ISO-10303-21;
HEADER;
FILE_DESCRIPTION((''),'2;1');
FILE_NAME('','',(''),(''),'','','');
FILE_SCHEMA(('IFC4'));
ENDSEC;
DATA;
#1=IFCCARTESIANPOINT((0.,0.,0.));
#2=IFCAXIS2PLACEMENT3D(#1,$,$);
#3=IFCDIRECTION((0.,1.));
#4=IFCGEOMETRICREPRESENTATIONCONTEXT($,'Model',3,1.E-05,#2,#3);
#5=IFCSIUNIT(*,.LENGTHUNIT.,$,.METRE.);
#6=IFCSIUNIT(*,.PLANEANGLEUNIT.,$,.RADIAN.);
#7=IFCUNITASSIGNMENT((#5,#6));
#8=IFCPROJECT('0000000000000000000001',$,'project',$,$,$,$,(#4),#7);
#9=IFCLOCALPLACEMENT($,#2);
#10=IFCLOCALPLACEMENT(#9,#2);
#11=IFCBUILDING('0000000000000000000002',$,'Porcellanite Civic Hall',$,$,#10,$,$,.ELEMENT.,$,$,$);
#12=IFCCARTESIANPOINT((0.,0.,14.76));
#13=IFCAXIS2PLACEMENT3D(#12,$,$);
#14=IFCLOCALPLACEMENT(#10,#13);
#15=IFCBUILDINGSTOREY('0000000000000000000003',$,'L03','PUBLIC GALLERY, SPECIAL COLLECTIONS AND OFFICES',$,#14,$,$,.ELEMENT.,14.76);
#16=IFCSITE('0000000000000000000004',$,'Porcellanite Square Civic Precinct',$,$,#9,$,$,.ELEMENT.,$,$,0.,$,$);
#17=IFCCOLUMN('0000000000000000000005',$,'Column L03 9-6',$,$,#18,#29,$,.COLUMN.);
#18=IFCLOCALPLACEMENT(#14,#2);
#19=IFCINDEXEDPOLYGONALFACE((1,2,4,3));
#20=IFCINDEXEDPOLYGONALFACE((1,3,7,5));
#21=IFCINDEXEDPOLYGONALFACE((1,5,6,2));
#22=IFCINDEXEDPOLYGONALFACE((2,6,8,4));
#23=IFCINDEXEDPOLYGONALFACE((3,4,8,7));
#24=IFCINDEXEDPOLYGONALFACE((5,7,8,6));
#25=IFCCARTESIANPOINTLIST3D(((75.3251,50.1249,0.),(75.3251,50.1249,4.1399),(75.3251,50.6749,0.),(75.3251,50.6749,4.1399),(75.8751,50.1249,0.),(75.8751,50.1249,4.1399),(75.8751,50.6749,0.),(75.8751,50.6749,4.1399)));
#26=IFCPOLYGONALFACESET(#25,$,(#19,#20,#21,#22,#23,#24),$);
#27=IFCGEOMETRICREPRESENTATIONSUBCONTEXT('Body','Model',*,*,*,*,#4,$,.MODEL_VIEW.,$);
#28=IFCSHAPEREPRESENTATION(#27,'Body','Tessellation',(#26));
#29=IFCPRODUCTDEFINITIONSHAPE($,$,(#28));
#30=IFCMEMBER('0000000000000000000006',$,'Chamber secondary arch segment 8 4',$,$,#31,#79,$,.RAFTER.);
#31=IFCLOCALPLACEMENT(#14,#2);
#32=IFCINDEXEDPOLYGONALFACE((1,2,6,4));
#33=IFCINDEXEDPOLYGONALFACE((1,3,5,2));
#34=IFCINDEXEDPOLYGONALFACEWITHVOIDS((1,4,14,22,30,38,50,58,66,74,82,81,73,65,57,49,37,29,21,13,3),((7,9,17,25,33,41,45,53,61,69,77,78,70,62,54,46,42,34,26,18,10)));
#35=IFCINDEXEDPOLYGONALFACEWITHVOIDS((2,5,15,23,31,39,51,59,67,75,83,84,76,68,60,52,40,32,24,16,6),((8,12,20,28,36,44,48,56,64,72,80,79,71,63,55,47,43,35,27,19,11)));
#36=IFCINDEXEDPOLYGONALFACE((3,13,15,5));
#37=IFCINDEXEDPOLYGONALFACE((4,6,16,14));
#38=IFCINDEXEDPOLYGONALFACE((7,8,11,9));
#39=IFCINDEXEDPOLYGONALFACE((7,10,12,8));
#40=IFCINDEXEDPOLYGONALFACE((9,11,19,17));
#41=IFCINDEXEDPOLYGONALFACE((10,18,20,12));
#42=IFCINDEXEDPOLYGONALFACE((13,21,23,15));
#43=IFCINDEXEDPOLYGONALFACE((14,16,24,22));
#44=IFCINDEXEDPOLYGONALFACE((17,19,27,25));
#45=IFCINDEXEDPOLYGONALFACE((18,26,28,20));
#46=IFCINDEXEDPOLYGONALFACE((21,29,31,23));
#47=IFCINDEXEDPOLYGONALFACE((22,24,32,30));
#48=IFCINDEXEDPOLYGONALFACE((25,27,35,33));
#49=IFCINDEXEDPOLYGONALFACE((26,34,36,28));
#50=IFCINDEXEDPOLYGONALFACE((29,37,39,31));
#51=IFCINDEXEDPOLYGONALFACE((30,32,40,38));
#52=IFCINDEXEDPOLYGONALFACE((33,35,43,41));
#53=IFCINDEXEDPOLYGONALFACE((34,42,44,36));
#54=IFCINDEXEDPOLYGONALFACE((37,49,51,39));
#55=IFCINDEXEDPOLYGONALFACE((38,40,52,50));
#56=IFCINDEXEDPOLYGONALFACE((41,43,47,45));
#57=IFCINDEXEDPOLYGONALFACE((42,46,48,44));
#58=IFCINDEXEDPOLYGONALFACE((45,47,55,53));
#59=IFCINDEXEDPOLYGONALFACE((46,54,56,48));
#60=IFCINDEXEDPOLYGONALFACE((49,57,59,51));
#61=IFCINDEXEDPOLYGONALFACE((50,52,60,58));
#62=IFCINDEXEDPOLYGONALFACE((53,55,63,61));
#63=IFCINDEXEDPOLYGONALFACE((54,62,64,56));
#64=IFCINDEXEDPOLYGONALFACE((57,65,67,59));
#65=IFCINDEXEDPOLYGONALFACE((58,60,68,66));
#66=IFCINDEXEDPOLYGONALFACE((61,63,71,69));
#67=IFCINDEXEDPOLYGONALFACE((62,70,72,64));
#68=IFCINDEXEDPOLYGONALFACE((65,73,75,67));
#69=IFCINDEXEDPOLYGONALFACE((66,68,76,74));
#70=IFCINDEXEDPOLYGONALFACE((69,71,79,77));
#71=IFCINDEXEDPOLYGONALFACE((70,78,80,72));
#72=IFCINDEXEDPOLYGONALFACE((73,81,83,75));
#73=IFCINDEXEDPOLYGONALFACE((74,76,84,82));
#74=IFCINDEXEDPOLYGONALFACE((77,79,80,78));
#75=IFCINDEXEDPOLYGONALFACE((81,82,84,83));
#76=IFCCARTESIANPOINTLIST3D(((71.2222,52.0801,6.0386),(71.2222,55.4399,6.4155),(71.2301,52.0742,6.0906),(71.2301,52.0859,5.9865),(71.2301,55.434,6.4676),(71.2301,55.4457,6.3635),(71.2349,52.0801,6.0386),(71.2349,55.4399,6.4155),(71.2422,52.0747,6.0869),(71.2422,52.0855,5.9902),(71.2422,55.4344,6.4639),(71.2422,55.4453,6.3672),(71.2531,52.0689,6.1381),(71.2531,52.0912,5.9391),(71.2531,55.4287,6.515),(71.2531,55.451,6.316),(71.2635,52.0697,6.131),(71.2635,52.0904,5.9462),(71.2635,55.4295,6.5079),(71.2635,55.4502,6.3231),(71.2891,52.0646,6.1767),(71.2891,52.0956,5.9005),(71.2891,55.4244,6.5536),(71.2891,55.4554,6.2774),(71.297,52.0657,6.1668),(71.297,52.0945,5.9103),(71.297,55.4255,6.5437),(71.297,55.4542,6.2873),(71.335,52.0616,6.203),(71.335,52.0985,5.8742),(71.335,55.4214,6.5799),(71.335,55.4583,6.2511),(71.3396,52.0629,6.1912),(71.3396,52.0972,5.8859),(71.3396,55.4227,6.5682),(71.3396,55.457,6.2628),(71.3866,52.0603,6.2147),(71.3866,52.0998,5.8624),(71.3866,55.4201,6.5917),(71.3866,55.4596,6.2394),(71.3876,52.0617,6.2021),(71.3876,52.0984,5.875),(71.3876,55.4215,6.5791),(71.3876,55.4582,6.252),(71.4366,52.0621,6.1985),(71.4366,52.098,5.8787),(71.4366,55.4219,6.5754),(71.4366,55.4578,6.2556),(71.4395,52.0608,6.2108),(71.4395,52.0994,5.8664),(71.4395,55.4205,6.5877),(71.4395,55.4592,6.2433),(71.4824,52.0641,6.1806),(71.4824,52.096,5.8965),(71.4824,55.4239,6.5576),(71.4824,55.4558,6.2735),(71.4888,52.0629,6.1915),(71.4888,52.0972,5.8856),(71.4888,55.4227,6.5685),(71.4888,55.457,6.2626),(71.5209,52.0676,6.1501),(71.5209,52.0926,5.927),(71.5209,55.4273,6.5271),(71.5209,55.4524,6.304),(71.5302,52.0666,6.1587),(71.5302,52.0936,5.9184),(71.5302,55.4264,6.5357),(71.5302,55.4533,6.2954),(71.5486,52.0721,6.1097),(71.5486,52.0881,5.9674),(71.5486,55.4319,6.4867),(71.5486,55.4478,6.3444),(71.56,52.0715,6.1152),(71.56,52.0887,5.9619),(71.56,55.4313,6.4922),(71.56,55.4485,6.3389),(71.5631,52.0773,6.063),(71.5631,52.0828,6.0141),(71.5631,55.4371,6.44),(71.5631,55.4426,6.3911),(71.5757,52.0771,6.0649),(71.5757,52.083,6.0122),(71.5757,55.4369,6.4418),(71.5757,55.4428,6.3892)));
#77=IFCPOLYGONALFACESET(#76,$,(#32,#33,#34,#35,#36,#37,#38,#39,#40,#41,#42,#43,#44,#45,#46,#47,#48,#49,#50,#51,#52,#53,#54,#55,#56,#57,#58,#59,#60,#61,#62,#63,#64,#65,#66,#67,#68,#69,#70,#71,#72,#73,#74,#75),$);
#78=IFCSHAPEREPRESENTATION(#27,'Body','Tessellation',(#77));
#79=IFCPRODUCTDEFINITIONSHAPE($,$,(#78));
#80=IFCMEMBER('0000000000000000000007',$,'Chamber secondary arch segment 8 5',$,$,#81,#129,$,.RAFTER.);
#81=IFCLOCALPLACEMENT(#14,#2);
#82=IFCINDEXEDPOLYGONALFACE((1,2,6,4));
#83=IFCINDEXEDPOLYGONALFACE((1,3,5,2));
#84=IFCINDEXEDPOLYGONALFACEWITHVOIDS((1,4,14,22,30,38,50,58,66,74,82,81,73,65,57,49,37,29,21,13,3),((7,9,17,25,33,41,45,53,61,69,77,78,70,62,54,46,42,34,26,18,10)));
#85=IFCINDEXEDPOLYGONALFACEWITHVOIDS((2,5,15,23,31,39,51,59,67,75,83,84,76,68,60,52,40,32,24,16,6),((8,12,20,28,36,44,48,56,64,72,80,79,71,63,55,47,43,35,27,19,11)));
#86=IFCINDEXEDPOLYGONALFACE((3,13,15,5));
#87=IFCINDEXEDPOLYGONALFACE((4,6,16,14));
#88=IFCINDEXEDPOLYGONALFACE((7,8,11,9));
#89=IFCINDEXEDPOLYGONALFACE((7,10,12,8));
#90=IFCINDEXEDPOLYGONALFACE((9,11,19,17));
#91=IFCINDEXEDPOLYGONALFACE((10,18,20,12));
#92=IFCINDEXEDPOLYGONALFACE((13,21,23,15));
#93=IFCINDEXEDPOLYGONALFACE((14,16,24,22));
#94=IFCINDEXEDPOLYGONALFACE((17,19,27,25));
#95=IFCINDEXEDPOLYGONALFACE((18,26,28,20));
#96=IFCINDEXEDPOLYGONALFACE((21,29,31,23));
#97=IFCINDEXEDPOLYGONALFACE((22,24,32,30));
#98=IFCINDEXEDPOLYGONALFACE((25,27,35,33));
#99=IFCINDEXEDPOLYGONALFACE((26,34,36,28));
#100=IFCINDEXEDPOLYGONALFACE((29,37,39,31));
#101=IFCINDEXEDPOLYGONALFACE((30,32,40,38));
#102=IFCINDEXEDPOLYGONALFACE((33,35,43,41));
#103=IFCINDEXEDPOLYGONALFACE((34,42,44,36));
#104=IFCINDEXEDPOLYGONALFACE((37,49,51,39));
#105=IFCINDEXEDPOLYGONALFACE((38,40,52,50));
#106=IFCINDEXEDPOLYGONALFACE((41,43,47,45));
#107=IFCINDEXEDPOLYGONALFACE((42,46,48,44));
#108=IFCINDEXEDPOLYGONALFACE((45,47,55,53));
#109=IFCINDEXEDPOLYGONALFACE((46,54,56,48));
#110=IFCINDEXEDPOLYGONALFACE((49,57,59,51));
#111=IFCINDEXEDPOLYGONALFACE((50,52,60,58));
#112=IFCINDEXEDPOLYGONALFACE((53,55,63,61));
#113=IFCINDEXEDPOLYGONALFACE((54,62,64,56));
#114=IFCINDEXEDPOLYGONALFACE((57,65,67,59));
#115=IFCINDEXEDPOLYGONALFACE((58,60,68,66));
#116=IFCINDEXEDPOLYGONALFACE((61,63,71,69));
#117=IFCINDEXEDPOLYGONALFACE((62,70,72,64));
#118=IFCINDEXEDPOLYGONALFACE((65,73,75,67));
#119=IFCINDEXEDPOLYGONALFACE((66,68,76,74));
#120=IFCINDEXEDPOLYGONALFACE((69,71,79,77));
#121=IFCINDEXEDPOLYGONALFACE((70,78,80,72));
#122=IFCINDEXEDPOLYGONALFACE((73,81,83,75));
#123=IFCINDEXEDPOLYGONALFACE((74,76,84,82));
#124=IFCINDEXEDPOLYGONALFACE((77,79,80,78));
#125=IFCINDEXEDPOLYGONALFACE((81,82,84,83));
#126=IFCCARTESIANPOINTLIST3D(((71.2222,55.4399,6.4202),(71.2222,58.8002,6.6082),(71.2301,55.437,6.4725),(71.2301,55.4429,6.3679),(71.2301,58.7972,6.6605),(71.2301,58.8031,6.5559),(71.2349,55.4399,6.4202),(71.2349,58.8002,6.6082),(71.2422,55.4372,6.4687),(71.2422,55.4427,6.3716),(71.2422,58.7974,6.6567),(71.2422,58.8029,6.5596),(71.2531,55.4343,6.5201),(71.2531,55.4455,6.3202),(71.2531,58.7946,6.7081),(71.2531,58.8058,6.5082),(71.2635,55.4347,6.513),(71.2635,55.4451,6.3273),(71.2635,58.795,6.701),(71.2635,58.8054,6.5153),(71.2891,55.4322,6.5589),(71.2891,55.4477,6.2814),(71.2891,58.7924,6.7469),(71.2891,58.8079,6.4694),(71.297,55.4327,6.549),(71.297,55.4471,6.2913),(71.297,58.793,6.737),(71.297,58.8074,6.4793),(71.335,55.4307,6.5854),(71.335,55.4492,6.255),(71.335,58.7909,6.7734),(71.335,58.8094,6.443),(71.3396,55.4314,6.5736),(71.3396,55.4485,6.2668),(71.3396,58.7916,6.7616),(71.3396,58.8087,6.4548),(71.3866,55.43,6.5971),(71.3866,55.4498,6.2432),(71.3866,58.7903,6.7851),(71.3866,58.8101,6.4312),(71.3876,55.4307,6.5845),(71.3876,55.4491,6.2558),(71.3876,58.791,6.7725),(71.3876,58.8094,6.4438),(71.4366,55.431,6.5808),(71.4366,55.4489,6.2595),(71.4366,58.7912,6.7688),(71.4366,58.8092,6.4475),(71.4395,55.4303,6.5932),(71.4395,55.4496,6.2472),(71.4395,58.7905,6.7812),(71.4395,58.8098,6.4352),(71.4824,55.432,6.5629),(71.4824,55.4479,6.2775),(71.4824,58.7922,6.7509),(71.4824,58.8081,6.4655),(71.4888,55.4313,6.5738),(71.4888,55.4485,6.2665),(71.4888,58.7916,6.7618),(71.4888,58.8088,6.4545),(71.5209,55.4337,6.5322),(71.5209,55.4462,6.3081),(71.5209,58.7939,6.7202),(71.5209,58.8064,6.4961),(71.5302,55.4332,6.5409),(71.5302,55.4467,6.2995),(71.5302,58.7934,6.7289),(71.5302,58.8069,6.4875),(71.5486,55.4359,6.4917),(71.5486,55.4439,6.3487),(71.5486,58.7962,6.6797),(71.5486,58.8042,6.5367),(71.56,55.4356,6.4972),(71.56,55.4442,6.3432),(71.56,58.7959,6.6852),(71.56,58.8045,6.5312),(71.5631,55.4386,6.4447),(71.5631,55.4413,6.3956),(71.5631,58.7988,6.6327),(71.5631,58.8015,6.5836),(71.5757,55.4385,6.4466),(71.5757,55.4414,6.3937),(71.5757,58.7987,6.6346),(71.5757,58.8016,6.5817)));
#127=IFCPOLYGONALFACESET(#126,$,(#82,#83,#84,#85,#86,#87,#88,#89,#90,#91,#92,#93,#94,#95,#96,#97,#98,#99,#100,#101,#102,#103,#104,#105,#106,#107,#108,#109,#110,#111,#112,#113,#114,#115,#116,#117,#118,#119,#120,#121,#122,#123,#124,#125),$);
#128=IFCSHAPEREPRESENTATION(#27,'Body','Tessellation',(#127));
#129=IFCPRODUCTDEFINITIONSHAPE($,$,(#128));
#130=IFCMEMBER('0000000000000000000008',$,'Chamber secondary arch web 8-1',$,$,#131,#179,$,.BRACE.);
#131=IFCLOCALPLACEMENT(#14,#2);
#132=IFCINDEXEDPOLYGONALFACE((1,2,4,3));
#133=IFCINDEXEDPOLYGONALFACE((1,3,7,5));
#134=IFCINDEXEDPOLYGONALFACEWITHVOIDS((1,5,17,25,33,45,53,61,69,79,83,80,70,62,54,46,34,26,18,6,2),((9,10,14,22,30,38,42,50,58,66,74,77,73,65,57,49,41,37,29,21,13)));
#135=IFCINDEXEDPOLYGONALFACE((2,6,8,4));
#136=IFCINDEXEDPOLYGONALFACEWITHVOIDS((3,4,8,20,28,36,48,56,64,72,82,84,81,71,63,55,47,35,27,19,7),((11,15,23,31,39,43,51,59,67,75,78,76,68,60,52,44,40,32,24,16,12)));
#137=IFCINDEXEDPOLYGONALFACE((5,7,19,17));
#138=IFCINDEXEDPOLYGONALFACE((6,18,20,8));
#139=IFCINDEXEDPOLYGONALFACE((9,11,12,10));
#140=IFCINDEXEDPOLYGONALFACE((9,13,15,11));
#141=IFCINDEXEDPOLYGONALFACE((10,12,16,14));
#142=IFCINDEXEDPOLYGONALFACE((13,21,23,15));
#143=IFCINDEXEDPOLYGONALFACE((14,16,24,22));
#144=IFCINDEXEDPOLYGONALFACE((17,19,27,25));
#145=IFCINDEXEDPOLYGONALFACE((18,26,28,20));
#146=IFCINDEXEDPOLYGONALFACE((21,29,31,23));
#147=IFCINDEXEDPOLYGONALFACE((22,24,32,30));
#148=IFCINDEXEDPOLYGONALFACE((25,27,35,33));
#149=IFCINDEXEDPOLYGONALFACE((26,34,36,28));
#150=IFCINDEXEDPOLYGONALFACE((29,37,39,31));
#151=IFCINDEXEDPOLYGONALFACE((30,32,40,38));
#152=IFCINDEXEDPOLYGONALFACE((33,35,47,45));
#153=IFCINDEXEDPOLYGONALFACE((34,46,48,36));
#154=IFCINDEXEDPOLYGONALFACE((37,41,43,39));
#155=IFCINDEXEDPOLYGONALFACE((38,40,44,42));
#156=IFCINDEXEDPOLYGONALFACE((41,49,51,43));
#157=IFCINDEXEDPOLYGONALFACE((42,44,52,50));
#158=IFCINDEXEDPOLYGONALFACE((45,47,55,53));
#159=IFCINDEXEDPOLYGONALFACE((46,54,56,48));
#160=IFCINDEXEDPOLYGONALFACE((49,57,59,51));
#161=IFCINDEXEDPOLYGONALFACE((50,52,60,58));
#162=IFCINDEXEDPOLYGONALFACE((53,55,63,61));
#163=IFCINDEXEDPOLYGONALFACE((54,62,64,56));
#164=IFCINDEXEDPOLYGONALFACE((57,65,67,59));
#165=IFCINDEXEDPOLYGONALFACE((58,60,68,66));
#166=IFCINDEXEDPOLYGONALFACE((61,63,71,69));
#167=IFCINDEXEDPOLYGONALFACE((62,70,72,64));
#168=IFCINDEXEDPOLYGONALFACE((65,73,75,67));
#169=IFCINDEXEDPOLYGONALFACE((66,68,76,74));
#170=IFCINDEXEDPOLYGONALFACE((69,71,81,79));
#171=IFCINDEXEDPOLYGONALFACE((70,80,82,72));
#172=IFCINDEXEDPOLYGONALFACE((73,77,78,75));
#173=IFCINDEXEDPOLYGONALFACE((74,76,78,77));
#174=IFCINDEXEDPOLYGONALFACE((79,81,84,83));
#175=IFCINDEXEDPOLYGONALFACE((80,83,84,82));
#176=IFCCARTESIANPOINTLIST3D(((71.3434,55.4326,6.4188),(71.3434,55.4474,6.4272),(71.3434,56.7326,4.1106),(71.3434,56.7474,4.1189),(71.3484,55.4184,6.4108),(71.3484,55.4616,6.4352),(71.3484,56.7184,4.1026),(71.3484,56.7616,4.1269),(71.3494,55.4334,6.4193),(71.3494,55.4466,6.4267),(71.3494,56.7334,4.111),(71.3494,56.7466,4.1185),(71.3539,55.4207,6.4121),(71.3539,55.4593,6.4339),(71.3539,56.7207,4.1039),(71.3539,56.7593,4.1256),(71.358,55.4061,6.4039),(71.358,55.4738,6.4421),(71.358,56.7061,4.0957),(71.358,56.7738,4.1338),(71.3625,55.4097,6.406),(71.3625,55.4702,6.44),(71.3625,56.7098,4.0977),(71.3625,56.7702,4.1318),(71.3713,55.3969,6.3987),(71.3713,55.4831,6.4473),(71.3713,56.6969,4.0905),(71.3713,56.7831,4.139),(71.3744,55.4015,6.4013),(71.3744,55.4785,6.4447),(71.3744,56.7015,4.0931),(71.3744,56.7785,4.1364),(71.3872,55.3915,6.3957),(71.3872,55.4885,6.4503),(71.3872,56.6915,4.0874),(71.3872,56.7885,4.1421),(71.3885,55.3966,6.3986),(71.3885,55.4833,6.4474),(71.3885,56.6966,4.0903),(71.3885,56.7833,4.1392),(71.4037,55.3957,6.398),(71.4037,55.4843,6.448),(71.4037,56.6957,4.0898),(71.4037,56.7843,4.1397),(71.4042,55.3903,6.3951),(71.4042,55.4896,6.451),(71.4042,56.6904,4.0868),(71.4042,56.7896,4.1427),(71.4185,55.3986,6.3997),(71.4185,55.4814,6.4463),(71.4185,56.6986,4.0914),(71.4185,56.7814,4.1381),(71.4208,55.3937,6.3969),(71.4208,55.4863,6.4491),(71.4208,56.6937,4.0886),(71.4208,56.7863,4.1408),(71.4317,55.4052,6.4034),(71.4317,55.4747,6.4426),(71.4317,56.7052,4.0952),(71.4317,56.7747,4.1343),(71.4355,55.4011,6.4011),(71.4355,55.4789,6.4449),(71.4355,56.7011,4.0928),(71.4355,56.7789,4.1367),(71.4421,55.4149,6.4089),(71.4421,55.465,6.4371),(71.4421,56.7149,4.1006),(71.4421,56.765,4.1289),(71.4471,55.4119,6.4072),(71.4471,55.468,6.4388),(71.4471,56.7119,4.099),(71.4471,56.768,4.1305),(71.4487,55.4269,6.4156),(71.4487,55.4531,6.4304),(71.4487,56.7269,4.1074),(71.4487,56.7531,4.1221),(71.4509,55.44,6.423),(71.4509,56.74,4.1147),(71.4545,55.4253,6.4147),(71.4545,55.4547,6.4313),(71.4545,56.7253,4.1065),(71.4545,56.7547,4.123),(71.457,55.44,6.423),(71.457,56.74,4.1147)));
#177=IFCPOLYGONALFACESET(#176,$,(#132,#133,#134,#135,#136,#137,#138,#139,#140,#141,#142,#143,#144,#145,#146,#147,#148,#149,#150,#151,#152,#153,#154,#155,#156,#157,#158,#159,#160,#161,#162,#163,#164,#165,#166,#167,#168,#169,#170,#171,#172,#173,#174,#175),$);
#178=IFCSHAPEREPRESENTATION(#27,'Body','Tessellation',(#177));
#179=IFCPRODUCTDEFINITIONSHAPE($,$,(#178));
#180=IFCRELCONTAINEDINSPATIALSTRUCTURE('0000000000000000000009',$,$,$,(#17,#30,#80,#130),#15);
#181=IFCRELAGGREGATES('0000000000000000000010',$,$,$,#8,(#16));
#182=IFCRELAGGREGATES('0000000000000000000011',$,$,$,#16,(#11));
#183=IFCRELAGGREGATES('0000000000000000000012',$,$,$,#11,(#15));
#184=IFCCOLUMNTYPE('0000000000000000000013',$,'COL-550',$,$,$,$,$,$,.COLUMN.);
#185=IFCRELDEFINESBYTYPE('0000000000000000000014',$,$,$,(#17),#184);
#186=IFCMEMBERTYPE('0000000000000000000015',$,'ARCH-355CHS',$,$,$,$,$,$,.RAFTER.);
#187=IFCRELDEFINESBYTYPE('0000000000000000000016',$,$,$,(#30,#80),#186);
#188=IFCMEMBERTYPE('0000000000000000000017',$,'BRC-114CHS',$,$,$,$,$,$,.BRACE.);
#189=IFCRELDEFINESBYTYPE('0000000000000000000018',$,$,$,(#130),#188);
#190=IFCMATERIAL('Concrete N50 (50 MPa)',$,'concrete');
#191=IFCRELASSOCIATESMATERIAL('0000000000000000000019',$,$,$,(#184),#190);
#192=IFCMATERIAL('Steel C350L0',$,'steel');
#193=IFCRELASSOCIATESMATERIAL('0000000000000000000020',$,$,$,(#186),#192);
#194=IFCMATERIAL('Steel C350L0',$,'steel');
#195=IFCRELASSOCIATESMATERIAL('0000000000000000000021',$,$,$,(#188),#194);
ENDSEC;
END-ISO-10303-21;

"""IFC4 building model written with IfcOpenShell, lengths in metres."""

from ifc_helpers import new_model, si_unit, direction, frame, origin, origin_2d, place, context, subcontext, project, spatial, rectangle, hollow_circle, extrude, material, material_profile, profile_set, type_object, element, save


model = new_model("IFC4")

# Units and contexts
model_context = context("Model", 3, precision=1e-05, world=origin(), true_north=direction((0.0, 1.0)))
body_context = subcontext(model_context, "Body", "Model", "MODEL_VIEW")
ifc_project = project(units=[si_unit("LENGTHUNIT", "METRE"), si_unit("PLANEANGLEUNIT", "RADIAN")], contexts=[model_context])

# Site, building, storey
site_placement = place(None, origin())
site = spatial("IfcSite", under=ifc_project, at=site_placement, Name="Porcellanite Square Civic Precinct", CompositionType="ELEMENT", RefElevation=0.0)
building_placement = place(site_placement, origin())
building = spatial("IfcBuilding", under=site, at=building_placement, Name="Porcellanite Civic Hall", CompositionType="ELEMENT")
storey_placement = place(building_placement, frame((0.0, 0.0, 14.76)))
storey = spatial("IfcBuildingStorey", under=building, at=storey_placement, Name="L03", Description="PUBLIC GALLERY, SPECIAL COLLECTIONS AND OFFICES", CompositionType="ELEMENT", Elevation=14.76)

# Column
ifc_material_1 = material(Name="Concrete N50 (50 MPa)", Category="concrete")
ifc_material_profile_1 = material_profile(ifc_material_1, rectangle(XDim=0.55, YDim=0.55, at=origin_2d()), Name="RC-550x550")
ifc_profile_set_1 = profile_set([ifc_material_profile_1], Name="Concrete N50 (50 MPa)")
column_type = type_object("IfcColumnType", Name="COL-550", PredefinedType="COLUMN", material=ifc_profile_set_1)
column_placement = place(storey_placement, frame((75.6001, 50.3999, 0.0), z_axis=(0.0, 0.0, 1.0), x_axis=(1.0, 0.0, 0.0)))
element("IfcColumn", 1, at=column_placement, inside=storey, type_object=column_type, Name="Column L03 9-6", PredefinedType="COLUMN", context=body_context, shape_type="SweptSolid", body=[
    extrude(rectangle(XDim=0.55, YDim=0.55, at=origin_2d()), origin(), (0.0, 0.0, 1.0), 4.1399),
])

# Members
ifc_material_2 = material(Name="Steel C350L0", Category="steel")
ifc_material_profile_2 = material_profile(ifc_material_2, hollow_circle(Radius=0.1777, WallThickness=0.0127, at=origin_2d()), Name="355.6x12.7CHS")
ifc_profile_set_2 = profile_set([ifc_material_profile_2], Name="Steel C350L0")
member_type_1 = type_object("IfcMemberType", Name="ARCH-355CHS", PredefinedType="RAFTER", material=ifc_profile_set_2)
member_1_placement = place(storey_placement, frame((71.3999, 52.0801, 6.0386), z_axis=(0.0, 0.993765, 0.111493), x_axis=(-1.0, 0.0, 0.0)))
element("IfcMember", 2, at=member_1_placement, inside=storey, type_object=member_type_1, Name="Chamber secondary arch segment 8 4", PredefinedType="RAFTER", context=body_context, shape_type="SweptSolid", body=[
    extrude(hollow_circle(Radius=0.1777, WallThickness=0.0127, at=origin_2d()), origin(), (0.0, 0.0, 1.0), 3.3809),
])
member_2_placement = place(storey_placement, frame((71.3999, 55.4399, 6.4202), z_axis=(0.0, 0.998439, 0.05586), x_axis=(-1.0, 0.0, 0.0)))
element("IfcMember", 3, at=member_2_placement, inside=storey, type_object=member_type_1, Name="Chamber secondary arch segment 8 5", PredefinedType="RAFTER", context=body_context, shape_type="SweptSolid", body=[
    extrude(hollow_circle(Radius=0.1777, WallThickness=0.0127, at=origin_2d()), origin(), (0.0, 0.0, 1.0), 3.3655),
])
ifc_material_3 = material(Name="Steel C350L0", Category="steel")
ifc_material_profile_3 = material_profile(ifc_material_3, hollow_circle(Radius=0.0571, WallThickness=0.0061, at=origin_2d()), Name="114.3x6.0CHS")
ifc_profile_set_3 = profile_set([ifc_material_profile_3], Name="Steel C350L0")
member_type_2 = type_object("IfcMemberType", Name="BRC-114CHS", PredefinedType="BRACE", material=ifc_profile_set_3)
member_3_placement = place(storey_placement, frame((71.3999, 56.74, 4.1147), z_axis=(0.0, -0.490721, 0.871317), x_axis=(1.0, 0.0, 0.0)))
element("IfcMember", 4, at=member_3_placement, inside=storey, type_object=member_type_2, Name="Chamber secondary arch web 8-1", PredefinedType="BRACE", context=body_context, shape_type="SweptSolid", body=[
    extrude(hollow_circle(Radius=0.0571, WallThickness=0.0061, at=origin_2d()), origin(), (0.0, 0.0, 1.0), 2.6492),
])

save(model, "model.ifc")
